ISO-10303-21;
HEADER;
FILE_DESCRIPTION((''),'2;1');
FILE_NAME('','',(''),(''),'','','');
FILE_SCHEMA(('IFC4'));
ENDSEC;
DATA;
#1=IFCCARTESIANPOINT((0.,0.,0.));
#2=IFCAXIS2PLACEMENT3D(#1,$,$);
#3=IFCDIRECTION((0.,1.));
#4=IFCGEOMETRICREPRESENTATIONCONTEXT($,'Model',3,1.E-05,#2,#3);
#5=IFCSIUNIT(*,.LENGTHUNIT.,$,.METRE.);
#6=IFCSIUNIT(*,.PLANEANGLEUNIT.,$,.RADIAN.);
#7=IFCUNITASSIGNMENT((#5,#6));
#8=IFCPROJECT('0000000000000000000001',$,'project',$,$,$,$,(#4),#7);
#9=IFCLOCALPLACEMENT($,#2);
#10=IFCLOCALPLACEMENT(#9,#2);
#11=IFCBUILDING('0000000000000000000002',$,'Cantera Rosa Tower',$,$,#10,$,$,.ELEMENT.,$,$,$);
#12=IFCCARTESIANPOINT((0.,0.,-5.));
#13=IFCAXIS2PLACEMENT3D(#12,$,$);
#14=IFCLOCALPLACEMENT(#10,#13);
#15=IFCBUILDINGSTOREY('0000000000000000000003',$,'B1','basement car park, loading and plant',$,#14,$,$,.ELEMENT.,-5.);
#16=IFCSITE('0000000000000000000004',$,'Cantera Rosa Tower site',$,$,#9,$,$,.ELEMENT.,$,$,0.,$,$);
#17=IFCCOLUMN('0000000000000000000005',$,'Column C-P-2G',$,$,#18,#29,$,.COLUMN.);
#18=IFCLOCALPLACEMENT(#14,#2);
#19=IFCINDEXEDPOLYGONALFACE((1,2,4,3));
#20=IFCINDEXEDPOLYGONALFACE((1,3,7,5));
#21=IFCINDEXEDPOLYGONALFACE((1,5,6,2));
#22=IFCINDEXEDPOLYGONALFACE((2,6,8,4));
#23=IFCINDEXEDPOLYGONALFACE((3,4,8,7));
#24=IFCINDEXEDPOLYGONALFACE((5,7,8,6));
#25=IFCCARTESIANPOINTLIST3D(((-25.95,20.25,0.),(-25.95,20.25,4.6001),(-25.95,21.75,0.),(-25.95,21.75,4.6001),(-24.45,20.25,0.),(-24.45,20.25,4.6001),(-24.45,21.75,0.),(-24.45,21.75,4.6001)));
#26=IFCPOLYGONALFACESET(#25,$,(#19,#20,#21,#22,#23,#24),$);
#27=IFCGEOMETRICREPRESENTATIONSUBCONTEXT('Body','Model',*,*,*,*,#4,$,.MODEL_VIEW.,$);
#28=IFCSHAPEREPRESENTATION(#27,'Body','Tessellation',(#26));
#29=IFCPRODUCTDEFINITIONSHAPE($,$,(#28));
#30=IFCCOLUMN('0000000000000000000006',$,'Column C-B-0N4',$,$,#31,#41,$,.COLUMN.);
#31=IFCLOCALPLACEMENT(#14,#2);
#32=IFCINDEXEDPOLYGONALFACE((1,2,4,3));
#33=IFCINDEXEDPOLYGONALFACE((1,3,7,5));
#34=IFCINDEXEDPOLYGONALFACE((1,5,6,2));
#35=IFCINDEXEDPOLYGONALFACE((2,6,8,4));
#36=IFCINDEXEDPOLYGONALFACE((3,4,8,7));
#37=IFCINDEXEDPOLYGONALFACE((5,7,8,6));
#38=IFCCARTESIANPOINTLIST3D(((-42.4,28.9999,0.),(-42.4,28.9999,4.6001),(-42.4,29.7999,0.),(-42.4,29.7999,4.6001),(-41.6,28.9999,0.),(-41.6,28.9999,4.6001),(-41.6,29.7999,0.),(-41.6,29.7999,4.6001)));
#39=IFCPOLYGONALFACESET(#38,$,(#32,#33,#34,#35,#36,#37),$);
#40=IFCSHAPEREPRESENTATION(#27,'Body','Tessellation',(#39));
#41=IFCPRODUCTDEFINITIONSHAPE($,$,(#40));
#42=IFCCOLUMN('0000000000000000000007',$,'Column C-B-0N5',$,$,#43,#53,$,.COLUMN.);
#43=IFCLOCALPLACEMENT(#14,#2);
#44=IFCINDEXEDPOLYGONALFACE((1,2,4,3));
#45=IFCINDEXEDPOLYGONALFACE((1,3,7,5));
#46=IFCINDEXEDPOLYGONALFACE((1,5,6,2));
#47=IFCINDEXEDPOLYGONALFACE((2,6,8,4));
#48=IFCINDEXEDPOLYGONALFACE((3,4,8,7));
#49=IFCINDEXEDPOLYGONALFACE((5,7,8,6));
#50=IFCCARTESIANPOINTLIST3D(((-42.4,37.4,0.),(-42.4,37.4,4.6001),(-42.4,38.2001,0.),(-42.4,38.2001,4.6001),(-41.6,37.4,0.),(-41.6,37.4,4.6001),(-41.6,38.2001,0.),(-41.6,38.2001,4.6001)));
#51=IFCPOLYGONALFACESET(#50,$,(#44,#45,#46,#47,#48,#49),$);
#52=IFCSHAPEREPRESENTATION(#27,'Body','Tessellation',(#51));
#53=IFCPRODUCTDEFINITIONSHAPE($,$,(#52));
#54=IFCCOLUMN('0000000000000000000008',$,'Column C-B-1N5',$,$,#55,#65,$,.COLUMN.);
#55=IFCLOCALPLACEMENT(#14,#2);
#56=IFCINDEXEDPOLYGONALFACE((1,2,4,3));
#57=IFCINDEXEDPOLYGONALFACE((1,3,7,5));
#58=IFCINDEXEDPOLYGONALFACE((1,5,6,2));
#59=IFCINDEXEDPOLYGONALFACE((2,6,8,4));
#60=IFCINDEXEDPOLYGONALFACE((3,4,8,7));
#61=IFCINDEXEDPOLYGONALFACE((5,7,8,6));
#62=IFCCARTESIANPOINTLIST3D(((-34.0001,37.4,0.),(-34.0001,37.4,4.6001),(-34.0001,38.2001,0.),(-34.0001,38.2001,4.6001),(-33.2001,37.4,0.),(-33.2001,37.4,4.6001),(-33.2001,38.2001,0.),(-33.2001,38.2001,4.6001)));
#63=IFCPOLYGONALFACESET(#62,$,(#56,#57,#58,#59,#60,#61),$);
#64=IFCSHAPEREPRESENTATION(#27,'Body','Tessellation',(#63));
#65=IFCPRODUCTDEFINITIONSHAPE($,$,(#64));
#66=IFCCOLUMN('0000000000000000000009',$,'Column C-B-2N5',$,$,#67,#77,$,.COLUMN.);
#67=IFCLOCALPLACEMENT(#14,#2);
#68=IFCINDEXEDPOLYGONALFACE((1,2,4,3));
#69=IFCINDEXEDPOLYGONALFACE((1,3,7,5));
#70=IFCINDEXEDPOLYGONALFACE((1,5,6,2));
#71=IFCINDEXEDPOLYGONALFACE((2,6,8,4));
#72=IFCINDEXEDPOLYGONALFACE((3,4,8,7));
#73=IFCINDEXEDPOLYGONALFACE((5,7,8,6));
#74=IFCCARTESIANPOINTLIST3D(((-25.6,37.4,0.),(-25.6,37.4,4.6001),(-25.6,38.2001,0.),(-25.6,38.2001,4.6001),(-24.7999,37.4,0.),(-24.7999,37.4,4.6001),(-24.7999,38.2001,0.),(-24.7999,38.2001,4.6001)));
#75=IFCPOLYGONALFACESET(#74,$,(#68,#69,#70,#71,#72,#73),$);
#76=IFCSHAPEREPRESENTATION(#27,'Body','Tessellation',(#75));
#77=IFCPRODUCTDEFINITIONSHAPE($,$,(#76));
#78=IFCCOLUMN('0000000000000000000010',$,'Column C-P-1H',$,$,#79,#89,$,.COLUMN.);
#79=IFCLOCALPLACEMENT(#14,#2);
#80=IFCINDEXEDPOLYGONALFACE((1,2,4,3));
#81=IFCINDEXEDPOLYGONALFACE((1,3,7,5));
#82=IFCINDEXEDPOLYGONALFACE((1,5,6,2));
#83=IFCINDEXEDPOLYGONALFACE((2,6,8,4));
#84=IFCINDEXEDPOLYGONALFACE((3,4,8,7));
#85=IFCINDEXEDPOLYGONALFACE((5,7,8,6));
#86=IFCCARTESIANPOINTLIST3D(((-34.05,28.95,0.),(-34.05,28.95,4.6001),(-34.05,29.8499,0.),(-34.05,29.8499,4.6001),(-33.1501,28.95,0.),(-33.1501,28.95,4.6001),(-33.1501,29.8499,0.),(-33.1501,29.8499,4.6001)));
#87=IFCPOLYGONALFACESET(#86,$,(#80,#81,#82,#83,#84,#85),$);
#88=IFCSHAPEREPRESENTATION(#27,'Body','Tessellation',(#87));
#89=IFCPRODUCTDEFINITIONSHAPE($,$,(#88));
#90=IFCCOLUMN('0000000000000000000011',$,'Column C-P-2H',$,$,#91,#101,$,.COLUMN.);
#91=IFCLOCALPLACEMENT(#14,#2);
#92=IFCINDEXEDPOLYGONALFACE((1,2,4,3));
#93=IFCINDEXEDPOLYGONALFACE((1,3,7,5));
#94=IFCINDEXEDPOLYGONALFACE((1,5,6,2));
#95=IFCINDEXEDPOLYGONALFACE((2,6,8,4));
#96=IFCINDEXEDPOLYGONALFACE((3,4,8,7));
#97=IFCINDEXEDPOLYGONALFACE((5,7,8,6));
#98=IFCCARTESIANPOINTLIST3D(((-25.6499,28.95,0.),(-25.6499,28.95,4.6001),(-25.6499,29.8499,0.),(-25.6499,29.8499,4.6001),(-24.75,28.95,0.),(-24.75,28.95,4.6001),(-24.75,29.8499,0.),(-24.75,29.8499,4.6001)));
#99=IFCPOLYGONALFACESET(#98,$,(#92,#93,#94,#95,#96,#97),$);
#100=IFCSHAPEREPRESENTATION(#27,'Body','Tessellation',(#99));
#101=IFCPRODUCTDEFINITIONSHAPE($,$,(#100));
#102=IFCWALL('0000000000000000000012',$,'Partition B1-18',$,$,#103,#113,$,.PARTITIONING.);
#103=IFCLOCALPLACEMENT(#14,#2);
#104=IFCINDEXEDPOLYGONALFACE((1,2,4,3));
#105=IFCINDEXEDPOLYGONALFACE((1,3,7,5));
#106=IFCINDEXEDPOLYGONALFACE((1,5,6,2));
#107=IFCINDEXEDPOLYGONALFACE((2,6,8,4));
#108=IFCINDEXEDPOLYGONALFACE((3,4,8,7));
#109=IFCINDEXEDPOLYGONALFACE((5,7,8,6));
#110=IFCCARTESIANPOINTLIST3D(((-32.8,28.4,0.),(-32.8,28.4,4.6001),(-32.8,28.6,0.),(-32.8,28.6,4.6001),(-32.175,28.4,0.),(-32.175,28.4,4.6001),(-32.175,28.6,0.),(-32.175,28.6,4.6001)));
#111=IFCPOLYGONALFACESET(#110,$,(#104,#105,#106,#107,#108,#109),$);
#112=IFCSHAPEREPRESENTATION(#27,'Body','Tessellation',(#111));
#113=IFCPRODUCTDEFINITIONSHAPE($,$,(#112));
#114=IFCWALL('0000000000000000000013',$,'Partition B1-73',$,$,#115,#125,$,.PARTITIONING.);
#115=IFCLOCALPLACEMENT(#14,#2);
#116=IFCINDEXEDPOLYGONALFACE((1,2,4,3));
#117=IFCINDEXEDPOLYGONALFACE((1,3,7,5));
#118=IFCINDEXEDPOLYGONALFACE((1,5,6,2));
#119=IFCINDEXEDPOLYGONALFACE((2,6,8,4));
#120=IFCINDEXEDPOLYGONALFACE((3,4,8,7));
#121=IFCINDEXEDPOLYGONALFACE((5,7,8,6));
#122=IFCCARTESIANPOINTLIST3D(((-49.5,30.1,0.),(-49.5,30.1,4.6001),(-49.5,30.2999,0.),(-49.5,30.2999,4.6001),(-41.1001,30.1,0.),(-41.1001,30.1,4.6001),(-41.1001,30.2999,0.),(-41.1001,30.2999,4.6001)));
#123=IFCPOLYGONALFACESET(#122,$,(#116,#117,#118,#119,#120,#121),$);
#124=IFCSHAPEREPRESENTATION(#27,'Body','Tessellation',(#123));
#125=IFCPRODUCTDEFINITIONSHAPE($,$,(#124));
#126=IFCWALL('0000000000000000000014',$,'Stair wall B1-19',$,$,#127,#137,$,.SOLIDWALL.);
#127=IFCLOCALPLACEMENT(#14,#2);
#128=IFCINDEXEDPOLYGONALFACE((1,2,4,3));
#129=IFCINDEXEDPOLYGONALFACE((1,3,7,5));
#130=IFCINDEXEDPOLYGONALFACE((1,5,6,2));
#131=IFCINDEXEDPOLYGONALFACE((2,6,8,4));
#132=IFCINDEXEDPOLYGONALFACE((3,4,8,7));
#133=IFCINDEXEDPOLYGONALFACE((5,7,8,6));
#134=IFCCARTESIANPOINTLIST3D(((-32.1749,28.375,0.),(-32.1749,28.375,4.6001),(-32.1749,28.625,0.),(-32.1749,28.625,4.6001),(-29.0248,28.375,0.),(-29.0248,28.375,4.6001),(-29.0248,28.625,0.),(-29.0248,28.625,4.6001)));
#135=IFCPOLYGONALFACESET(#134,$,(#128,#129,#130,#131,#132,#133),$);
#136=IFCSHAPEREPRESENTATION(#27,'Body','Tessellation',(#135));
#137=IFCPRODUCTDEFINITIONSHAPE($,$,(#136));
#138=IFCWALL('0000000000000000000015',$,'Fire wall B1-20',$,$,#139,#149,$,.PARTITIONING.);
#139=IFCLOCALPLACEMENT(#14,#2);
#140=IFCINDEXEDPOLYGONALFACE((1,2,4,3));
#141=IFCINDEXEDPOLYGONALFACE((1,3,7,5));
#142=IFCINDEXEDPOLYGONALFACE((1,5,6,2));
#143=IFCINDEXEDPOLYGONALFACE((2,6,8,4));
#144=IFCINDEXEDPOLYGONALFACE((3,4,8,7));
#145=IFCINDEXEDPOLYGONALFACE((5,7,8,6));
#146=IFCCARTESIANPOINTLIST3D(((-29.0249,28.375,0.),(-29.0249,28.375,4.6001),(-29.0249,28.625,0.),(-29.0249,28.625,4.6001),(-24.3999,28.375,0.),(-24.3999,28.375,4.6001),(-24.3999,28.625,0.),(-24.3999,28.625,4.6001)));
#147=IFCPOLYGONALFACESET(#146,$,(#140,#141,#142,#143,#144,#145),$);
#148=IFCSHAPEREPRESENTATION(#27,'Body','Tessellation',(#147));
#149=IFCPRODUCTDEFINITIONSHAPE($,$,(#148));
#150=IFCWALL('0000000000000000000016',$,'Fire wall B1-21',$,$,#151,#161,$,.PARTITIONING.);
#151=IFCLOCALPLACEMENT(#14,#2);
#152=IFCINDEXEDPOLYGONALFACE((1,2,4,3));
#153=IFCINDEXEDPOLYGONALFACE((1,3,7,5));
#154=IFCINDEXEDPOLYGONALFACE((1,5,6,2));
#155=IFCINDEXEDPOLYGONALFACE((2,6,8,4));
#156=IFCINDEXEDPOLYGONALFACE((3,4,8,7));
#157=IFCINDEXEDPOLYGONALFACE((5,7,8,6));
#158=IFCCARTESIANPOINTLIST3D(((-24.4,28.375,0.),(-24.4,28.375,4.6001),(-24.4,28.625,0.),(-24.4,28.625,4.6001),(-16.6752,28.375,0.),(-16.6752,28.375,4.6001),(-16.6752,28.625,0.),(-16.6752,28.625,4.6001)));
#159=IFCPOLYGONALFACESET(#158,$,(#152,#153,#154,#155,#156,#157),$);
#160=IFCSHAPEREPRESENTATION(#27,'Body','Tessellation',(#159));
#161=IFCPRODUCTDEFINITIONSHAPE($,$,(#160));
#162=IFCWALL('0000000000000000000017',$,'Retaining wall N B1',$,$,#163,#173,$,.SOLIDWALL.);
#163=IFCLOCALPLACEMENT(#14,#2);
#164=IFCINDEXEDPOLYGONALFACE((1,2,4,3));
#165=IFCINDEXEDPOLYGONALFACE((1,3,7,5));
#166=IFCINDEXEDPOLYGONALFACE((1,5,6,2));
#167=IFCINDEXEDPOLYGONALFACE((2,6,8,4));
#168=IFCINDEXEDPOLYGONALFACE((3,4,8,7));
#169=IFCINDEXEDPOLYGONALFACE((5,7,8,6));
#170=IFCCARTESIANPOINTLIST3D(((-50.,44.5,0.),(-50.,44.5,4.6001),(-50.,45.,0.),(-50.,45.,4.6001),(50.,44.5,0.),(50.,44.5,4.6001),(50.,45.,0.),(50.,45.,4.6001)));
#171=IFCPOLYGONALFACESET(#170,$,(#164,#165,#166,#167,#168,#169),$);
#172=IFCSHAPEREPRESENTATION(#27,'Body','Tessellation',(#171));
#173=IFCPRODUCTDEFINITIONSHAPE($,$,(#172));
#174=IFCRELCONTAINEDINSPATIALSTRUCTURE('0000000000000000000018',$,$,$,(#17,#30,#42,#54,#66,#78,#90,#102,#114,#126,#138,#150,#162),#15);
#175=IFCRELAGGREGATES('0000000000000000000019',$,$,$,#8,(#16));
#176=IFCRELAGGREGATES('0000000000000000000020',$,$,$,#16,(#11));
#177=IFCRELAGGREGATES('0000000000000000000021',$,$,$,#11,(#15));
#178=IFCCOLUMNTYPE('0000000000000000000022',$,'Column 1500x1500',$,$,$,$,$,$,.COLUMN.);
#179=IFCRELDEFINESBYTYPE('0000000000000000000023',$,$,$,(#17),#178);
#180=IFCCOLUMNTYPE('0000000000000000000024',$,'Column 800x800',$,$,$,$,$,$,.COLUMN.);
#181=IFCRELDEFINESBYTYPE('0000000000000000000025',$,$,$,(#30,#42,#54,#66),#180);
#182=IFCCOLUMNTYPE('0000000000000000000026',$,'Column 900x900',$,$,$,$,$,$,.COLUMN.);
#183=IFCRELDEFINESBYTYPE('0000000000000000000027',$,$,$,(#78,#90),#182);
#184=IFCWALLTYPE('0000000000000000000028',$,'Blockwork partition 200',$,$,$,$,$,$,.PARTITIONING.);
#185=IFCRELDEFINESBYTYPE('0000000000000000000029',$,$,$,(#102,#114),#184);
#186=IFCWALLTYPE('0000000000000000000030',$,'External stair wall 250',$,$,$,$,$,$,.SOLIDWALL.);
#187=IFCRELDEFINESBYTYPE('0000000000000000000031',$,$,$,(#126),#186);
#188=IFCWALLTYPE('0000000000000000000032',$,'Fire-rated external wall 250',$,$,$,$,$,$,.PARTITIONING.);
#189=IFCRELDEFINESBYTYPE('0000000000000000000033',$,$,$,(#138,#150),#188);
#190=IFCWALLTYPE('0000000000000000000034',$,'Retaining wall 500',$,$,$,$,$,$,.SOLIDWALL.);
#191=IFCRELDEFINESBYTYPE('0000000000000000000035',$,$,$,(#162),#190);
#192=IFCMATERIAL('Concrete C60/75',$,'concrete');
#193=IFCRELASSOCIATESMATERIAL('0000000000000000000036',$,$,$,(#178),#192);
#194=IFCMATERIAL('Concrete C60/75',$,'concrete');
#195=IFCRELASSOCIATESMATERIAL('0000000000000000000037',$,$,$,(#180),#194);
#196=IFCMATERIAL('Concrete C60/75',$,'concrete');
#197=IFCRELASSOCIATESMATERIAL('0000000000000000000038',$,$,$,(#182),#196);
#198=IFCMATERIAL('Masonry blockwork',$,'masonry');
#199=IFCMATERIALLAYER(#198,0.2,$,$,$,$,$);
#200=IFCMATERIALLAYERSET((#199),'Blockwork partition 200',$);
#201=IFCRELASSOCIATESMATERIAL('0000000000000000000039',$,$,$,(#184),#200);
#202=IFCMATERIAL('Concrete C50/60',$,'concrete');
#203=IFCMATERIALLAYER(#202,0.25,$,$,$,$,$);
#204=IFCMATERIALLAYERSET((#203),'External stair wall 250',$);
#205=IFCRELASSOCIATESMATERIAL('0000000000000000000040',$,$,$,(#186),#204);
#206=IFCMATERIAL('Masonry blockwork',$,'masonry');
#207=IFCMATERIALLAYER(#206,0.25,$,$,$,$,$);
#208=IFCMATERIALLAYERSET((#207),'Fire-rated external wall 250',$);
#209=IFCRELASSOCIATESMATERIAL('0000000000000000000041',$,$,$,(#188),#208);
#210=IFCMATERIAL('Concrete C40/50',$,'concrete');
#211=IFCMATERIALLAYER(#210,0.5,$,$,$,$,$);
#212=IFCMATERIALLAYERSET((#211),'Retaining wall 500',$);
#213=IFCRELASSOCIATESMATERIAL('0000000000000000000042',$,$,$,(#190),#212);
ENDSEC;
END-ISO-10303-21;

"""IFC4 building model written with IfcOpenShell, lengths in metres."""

from ifc_helpers import new_model, si_unit, direction, frame, frame_2d, origin, origin_2d, place, context, subcontext, project, spatial, rectangle, extrude, material, layer, layer_set, material_profile, profile_set, type_object, element, save


model = new_model("IFC4")

# Units and contexts
model_context = context("Model", 3, precision=1e-05, world=origin(), true_north=direction((0.0, 1.0)))
body_context = subcontext(model_context, "Body", "Model", "MODEL_VIEW")
ifc_project = project(units=[si_unit("LENGTHUNIT", "METRE"), si_unit("PLANEANGLEUNIT", "RADIAN")], contexts=[model_context])

# Site, building, storey
site_placement = place(None, origin())
site = spatial("IfcSite", under=ifc_project, at=site_placement, Name="Cantera Rosa Tower site", CompositionType="ELEMENT", RefElevation=0.0)
building_placement = place(site_placement, origin())
building = spatial("IfcBuilding", under=site, at=building_placement, Name="Cantera Rosa Tower", CompositionType="ELEMENT")
storey_placement = place(building_placement, frame((0.0, 0.0, -5.0)))
storey = spatial("IfcBuildingStorey", under=building, at=storey_placement, Name="B1", Description="basement car park, loading and plant", CompositionType="ELEMENT", Elevation=-5.0)

# Columns
ifc_material_1 = material(Name="Concrete C60/75", Category="concrete")
ifc_material_profile_1 = material_profile(ifc_material_1, rectangle(XDim=1.5, YDim=1.5, at=origin_2d()), Name="Column 1500x1500")
ifc_profile_set_1 = profile_set([ifc_material_profile_1], Name="Concrete C60/75")
column_type_1 = type_object("IfcColumnType", Name="Column 1500x1500", PredefinedType="COLUMN", material=ifc_profile_set_1)
column_placement = place(storey_placement, frame((-25.2, 21.0, 0.0), z_axis=(0.0, 0.0, 1.0), x_axis=(1.0, 0.0, 0.0)))
element("IfcColumn", 1, at=column_placement, inside=storey, type_object=column_type_1, Name="Column C-P-2G", PredefinedType="COLUMN", context=body_context, shape_type="SweptSolid", body=[
    extrude(rectangle(XDim=1.5, YDim=1.5, at=origin_2d()), origin(), (0.0, 0.0, 1.0), 4.6001),
])
ifc_material_2 = material(Name="Concrete C60/75", Category="concrete")
ifc_material_profile_2 = material_profile(ifc_material_2, rectangle(XDim=0.8, YDim=0.8, at=origin_2d()), Name="Column 800x800")
ifc_profile_set_2 = profile_set([ifc_material_profile_2], Name="Concrete C60/75")
column_type_2 = type_object("IfcColumnType", Name="Column 800x800", PredefinedType="COLUMN", material=ifc_profile_set_2)
for number, where, z_axis, x_axis, name in (
    (2, (-42.0, 29.3999, 0.0), (0.0, 0.0, 1.0), (1.0, 0.0, 0.0), "Column C-B-0N4"),
    (3, (-42.0, 37.8, 0.0), (0.0, 0.0, 1.0), (1.0, 0.0, 0.0), "Column C-B-0N5"),
    (4, (-33.6001, 37.8, 0.0), (0.0, 0.0, 1.0), (1.0, 0.0, 0.0), "Column C-B-1N5"),
    (5, (-25.2, 37.8, 0.0), (0.0, 0.0, 1.0), (1.0, 0.0, 0.0), "Column C-B-2N5"),
):
    element("IfcColumn", number, at=place(storey_placement, frame(where, z_axis=z_axis, x_axis=x_axis)), inside=storey, type_object=column_type_2, Name=name, PredefinedType="COLUMN", context=body_context, shape_type="SweptSolid", body=[
        extrude(rectangle(XDim=0.8, YDim=0.8, at=origin_2d()), origin(), (0.0, 0.0, 1.0), 4.6001),
    ])
ifc_material_3 = material(Name="Concrete C60/75", Category="concrete")
ifc_material_profile_3 = material_profile(ifc_material_3, rectangle(XDim=0.8999, YDim=0.8999, at=origin_2d()), Name="Column 900x900")
ifc_profile_set_3 = profile_set([ifc_material_profile_3], Name="Concrete C60/75")
column_type_3 = type_object("IfcColumnType", Name="Column 900x900", PredefinedType="COLUMN", material=ifc_profile_set_3)
for number, where, z_axis, x_axis, name in (
    (6, (-33.6001, 29.3999, 0.0), (0.0, 0.0, 1.0), (1.0, 0.0, 0.0), "Column C-P-1H"),
    (7, (-25.2, 29.3999, 0.0), (0.0, 0.0, 1.0), (1.0, 0.0, 0.0), "Column C-P-2H"),
):
    element("IfcColumn", number, at=place(storey_placement, frame(where, z_axis=z_axis, x_axis=x_axis)), inside=storey, type_object=column_type_3, Name=name, PredefinedType="COLUMN", context=body_context, shape_type="SweptSolid", body=[
        extrude(rectangle(XDim=0.8999, YDim=0.8999, at=origin_2d()), origin(), (0.0, 0.0, 1.0), 4.6001),
    ])

# Walls
ifc_material_4 = material(Name="Masonry blockwork", Category="masonry")
ifc_layer_1 = layer(ifc_material_4, 0.2)
ifc_layer_set_1 = layer_set([ifc_layer_1], Name="Blockwork partition 200")
wall_type_1 = type_object("IfcWallType", Name="Blockwork partition 200", PredefinedType="PARTITIONING", material=ifc_layer_set_1)
wall_1_placement = place(storey_placement, frame((-32.8, 28.5, 0.0), z_axis=(0.0, 0.0, 1.0), x_axis=(1.0, 0.0, 0.0)))
element("IfcWall", 8, at=wall_1_placement, inside=storey, type_object=wall_type_1, Name="Partition B1-18", PredefinedType="PARTITIONING", context=body_context, shape_type="SweptSolid", body=[
    extrude(rectangle(XDim=0.625, YDim=0.2, at=frame_2d((0.3125, 0.0))), origin(), (0.0, 0.0, 1.0), 4.6001),
])
wall_2_placement = place(storey_placement, frame((-49.5, 30.2, 0.0), z_axis=(0.0, 0.0, 1.0), x_axis=(1.0, 0.0, 0.0)))
element("IfcWall", 9, at=wall_2_placement, inside=storey, type_object=wall_type_1, Name="Partition B1-73", PredefinedType="PARTITIONING", context=body_context, shape_type="SweptSolid", body=[
    extrude(rectangle(XDim=8.3999, YDim=0.2, at=frame_2d((4.2, 0.0))), origin(), (0.0, 0.0, 1.0), 4.6001),
])
ifc_material_5 = material(Name="Concrete C50/60", Category="concrete")
ifc_layer_2 = layer(ifc_material_5, 0.25)
ifc_layer_set_2 = layer_set([ifc_layer_2], Name="External stair wall 250")
wall_type_2 = type_object("IfcWallType", Name="External stair wall 250", PredefinedType="SOLIDWALL", material=ifc_layer_set_2)
wall_3_placement = place(storey_placement, frame((-32.175, 28.5, 0.0), z_axis=(0.0, 0.0, 1.0), x_axis=(1.0, 0.0, 0.0)))
element("IfcWall", 10, at=wall_3_placement, inside=storey, type_object=wall_type_2, Name="Stair wall B1-19", PredefinedType="SOLIDWALL", context=body_context, shape_type="SweptSolid", body=[
    extrude(rectangle(XDim=3.1501, YDim=0.25, at=frame_2d((1.5752, 0.0))), origin(), (0.0, 0.0, 1.0), 4.6001),
])
ifc_material_6 = material(Name="Masonry blockwork", Category="masonry")
ifc_layer_3 = layer(ifc_material_6, 0.25)
ifc_layer_set_3 = layer_set([ifc_layer_3], Name="Fire-rated external wall 250")
wall_type_3 = type_object("IfcWallType", Name="Fire-rated external wall 250", PredefinedType="PARTITIONING", material=ifc_layer_set_3)
wall_4_placement = place(storey_placement, frame((-29.0249, 28.5, 0.0), z_axis=(0.0, 0.0, 1.0), x_axis=(1.0, 0.0, 0.0)))
element("IfcWall", 11, at=wall_4_placement, inside=storey, type_object=wall_type_3, Name="Fire wall B1-20", PredefinedType="PARTITIONING", context=body_context, shape_type="SweptSolid", body=[
    extrude(rectangle(XDim=4.625, YDim=0.25, at=frame_2d((2.3125, 0.0))), origin(), (0.0, 0.0, 1.0), 4.6001),
])
wall_5_placement = place(storey_placement, frame((-24.3999, 28.5, 0.0), z_axis=(0.0, 0.0, 1.0), x_axis=(1.0, 0.0, 0.0)))
element("IfcWall", 12, at=wall_5_placement, inside=storey, type_object=wall_type_3, Name="Fire wall B1-21", PredefinedType="PARTITIONING", context=body_context, shape_type="SweptSolid", body=[
    extrude(rectangle(XDim=7.7249, YDim=0.25, at=frame_2d((3.8623, 0.0))), origin(), (0.0, 0.0, 1.0), 4.6001),
])
ifc_material_7 = material(Name="Concrete C40/50", Category="concrete")
ifc_layer_4 = layer(ifc_material_7, 0.5)
ifc_layer_set_4 = layer_set([ifc_layer_4], Name="Retaining wall 500")
wall_type_4 = type_object("IfcWallType", Name="Retaining wall 500", PredefinedType="SOLIDWALL", material=ifc_layer_set_4)
wall_6_placement = place(storey_placement, frame((-50.0, 44.75, 0.0), z_axis=(0.0, 0.0, 1.0), x_axis=(1.0, 0.0, 0.0)))
element("IfcWall", 13, at=wall_6_placement, inside=storey, type_object=wall_type_4, Name="Retaining wall N B1", PredefinedType="SOLIDWALL", context=body_context, shape_type="SweptSolid", body=[
    extrude(rectangle(XDim=100.0, YDim=0.5, at=frame_2d((50.0, 0.0))), origin(), (0.0, 0.0, 1.0), 4.6001),
])

save(model, "model.ifc")
